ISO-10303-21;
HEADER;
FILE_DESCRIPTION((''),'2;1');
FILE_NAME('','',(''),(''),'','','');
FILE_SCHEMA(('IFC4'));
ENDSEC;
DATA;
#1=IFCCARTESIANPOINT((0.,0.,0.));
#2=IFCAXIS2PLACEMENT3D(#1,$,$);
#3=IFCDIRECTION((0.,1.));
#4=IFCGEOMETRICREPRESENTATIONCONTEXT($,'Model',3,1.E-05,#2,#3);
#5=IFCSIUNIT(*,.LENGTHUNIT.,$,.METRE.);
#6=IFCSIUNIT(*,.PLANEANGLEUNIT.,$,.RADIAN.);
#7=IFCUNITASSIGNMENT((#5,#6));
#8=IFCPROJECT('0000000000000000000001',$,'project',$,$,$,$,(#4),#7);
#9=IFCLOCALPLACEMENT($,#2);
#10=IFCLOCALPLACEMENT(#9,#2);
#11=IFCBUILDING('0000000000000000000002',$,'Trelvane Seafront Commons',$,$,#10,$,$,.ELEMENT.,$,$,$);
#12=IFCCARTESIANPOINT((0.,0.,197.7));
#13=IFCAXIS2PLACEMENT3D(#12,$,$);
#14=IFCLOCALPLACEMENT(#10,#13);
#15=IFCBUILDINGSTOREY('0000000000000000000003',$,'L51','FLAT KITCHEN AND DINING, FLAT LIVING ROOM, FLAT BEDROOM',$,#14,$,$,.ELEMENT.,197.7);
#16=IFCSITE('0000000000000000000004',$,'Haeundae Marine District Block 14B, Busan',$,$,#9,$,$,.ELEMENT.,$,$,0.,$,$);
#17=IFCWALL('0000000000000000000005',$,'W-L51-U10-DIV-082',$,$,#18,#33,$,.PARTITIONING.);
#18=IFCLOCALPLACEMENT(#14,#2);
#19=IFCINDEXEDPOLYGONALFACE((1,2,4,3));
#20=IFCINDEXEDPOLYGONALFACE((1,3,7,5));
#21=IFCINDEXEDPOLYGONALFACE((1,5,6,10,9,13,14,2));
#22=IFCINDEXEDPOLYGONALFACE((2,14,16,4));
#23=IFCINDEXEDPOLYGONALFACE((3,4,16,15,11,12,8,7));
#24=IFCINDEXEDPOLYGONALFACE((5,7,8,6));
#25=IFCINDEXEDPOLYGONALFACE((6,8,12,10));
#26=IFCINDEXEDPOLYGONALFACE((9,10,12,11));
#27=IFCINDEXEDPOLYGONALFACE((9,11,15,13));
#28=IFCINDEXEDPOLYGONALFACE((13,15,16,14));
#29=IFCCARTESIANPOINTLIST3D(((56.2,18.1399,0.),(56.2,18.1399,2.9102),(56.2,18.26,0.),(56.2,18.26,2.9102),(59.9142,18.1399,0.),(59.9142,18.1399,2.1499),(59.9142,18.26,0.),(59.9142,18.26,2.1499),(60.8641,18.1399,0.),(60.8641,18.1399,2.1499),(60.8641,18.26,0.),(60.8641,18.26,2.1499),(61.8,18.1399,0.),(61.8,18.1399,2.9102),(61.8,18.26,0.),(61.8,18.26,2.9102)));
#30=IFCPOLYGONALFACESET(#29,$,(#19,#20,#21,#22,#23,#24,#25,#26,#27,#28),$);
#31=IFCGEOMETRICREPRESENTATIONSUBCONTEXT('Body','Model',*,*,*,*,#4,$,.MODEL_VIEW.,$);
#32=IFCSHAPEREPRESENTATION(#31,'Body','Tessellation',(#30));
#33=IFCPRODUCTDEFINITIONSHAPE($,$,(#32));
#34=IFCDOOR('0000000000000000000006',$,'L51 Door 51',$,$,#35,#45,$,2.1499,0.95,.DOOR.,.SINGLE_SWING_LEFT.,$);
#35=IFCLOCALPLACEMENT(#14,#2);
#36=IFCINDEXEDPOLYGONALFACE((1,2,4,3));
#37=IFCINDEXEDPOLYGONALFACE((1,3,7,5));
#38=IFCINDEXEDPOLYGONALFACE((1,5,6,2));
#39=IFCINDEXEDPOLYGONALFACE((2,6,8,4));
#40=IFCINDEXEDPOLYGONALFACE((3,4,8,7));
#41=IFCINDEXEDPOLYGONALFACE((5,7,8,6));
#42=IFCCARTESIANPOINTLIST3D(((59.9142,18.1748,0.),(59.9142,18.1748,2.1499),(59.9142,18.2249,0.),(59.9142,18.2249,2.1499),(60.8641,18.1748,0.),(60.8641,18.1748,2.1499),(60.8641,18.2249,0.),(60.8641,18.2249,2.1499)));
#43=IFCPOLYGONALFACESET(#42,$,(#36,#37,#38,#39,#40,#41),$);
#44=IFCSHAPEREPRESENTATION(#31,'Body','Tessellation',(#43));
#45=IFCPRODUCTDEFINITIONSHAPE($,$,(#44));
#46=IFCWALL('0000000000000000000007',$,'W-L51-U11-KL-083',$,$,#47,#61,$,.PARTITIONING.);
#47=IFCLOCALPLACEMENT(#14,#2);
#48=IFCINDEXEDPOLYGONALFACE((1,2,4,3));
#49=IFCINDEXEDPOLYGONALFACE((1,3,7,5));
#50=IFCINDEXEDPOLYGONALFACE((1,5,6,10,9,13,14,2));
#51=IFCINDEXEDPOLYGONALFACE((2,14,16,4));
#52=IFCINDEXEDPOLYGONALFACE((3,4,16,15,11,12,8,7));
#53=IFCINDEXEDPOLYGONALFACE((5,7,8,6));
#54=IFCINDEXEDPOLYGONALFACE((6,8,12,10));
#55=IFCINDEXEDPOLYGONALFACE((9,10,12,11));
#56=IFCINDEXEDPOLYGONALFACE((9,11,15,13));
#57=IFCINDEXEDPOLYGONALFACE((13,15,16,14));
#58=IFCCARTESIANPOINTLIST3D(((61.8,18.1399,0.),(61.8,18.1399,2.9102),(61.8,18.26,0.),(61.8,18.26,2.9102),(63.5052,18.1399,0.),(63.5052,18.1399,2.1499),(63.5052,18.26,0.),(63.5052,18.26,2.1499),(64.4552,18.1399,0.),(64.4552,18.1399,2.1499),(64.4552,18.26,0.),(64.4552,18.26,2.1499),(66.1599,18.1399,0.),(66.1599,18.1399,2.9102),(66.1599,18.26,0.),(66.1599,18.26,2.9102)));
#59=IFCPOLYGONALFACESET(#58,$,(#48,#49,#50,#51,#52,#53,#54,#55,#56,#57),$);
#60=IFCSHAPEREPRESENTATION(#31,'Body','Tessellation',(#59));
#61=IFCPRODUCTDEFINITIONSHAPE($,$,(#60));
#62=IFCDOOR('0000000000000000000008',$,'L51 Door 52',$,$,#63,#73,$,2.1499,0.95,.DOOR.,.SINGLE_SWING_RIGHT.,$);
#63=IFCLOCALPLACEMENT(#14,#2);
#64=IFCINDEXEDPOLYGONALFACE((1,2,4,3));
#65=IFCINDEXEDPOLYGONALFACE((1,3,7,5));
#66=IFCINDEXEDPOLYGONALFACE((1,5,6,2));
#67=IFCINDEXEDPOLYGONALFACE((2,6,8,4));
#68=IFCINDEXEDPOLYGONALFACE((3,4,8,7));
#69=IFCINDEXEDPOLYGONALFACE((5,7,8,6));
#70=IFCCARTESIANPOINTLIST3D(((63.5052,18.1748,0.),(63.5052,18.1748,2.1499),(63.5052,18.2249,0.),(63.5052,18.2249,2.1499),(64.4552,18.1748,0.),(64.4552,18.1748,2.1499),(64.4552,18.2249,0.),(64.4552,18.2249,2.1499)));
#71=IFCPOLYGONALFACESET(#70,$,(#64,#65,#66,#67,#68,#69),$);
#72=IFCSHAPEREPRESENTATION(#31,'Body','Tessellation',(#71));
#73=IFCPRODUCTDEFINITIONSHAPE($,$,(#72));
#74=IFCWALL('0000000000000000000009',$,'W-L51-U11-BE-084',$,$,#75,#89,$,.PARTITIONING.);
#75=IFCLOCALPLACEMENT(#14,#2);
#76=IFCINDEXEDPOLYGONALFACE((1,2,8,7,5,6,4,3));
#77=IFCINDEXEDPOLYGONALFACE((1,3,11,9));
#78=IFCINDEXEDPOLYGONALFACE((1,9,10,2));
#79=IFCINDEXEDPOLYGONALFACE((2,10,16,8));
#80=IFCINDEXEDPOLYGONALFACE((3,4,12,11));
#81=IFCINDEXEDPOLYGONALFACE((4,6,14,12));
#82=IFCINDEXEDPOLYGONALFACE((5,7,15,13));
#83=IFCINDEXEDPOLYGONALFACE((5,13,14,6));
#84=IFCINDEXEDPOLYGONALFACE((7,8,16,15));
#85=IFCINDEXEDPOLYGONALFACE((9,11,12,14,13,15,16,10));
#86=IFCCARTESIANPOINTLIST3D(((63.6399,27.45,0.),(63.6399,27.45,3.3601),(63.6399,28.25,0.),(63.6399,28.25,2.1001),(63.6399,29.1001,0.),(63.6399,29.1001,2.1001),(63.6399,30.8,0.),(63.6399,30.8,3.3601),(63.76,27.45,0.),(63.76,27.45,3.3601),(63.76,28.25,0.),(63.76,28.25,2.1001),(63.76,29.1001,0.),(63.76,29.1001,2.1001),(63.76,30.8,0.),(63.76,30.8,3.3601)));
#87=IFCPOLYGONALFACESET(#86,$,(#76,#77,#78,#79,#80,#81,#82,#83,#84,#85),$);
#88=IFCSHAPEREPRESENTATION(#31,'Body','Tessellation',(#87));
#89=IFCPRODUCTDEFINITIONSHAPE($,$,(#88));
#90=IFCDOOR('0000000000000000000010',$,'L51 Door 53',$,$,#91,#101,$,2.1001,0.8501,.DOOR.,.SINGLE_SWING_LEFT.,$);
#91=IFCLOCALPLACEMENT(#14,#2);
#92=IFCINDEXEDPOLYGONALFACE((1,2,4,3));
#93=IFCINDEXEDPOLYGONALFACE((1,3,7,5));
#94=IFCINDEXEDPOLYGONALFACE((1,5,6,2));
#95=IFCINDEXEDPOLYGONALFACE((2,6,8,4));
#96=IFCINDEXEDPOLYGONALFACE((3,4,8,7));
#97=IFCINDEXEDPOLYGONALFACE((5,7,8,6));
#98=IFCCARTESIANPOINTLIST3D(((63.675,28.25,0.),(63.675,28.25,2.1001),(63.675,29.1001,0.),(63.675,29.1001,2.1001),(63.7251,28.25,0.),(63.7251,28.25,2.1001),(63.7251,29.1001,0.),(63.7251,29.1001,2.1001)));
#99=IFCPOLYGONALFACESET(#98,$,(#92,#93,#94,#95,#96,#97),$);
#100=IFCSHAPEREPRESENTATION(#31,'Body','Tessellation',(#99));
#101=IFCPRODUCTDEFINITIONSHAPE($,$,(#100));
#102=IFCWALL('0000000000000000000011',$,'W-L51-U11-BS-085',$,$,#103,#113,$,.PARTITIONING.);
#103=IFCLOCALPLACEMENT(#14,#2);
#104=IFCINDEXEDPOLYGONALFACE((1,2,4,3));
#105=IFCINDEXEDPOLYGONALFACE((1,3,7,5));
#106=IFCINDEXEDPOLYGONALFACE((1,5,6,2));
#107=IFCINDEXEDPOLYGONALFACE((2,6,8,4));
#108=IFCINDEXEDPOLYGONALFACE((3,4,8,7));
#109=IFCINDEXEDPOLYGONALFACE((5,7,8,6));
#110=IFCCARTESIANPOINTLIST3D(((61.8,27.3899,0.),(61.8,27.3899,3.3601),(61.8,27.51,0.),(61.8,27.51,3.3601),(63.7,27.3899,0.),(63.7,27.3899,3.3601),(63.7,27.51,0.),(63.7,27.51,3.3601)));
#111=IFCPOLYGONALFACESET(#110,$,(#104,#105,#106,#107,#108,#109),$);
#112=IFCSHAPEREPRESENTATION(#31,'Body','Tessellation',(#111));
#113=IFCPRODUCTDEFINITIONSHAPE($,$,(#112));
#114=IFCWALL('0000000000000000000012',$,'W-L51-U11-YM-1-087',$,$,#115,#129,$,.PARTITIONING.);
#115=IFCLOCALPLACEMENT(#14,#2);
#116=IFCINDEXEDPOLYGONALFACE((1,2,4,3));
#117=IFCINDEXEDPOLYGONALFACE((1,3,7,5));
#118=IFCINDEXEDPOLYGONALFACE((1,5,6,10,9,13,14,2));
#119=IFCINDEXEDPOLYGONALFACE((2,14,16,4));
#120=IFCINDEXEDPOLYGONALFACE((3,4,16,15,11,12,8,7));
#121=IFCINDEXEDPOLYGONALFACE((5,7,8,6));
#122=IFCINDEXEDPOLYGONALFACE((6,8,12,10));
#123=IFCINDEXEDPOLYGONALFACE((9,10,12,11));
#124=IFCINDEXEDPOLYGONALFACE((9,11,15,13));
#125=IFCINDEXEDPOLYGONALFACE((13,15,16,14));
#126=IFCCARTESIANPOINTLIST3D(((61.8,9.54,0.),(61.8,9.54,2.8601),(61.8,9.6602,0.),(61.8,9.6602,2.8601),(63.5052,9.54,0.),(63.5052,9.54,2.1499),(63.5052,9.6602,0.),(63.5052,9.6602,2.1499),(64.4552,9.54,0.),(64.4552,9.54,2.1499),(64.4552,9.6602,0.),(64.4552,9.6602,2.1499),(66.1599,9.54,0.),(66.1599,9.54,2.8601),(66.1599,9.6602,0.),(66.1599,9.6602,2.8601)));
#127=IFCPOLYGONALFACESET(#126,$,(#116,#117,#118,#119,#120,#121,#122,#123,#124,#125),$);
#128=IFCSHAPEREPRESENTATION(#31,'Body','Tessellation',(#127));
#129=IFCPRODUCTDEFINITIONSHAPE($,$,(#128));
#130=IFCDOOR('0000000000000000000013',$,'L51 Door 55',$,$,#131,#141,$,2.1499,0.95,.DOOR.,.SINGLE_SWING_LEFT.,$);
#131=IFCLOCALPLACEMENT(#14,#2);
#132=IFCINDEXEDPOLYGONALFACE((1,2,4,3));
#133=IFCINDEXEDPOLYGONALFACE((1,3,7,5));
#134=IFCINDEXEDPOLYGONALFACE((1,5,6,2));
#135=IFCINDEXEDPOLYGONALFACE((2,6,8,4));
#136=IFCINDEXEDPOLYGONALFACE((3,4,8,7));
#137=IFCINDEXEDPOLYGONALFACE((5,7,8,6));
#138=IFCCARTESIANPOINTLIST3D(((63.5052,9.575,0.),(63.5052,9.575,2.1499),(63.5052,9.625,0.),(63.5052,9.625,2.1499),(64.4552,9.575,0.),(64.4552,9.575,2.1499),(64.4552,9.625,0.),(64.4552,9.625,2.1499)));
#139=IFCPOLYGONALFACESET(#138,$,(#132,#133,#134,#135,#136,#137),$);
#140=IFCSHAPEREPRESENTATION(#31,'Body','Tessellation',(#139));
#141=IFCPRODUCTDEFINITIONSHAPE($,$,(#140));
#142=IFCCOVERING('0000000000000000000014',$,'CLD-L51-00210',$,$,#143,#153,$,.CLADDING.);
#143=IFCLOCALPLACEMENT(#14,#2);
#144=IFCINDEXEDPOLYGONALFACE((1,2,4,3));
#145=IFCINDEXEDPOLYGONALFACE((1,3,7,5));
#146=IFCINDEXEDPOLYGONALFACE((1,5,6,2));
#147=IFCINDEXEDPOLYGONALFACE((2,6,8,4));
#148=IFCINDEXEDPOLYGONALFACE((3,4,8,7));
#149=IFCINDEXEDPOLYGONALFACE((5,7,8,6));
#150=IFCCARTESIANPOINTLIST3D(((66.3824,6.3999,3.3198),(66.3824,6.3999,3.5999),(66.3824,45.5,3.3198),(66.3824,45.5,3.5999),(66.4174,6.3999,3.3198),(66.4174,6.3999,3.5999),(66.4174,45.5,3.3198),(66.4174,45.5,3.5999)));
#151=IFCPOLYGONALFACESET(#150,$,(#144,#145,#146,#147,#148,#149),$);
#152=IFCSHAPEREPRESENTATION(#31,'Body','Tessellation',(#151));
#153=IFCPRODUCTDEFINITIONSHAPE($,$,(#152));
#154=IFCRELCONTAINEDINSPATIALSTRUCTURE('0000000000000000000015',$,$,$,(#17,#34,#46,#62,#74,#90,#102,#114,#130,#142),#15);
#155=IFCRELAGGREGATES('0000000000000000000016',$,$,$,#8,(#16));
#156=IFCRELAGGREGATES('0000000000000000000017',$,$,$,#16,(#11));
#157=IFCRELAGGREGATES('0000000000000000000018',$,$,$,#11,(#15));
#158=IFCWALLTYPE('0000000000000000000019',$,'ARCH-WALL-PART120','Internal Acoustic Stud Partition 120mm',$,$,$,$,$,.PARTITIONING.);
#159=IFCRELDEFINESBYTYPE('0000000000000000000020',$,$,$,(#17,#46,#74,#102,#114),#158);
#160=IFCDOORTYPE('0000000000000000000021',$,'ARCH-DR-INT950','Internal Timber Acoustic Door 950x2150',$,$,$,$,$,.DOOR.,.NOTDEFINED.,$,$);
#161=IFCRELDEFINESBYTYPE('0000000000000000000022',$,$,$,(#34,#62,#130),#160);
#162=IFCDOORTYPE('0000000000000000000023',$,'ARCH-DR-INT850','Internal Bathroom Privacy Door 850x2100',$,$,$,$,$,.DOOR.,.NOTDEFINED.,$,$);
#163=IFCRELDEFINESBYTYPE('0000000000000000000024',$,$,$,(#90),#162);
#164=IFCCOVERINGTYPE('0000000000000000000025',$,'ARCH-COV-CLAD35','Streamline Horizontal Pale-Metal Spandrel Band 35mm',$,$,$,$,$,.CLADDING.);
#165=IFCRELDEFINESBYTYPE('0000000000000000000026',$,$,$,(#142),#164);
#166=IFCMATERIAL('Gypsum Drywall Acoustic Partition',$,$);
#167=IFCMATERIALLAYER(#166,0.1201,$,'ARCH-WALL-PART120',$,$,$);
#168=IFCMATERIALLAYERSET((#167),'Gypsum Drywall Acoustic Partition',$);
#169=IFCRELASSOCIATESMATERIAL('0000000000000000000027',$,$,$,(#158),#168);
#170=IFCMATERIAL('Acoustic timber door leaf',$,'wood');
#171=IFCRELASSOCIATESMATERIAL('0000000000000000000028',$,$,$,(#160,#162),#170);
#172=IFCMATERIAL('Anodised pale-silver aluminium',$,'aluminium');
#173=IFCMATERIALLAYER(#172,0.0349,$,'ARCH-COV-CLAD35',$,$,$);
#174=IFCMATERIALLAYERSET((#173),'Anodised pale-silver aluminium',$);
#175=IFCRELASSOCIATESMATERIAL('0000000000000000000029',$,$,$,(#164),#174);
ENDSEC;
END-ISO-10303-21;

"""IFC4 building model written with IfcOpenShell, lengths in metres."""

from ifc_helpers import new_model, si_unit, direction, frame, frame_2d, origin, origin_2d, place, context, subcontext, project, spatial, rectangle, extrude, source, transform, mapped, material, layer, layer_set, type_object, element, fill, save


model = new_model("IFC4")

# Units and contexts
model_context = context("Model", 3, precision=1e-05, world=origin(), true_north=direction((0.0, 1.0)))
body_context = subcontext(model_context, "Body", "Model", "MODEL_VIEW")
ifc_project = project(units=[si_unit("LENGTHUNIT", "METRE"), si_unit("PLANEANGLEUNIT", "RADIAN")], contexts=[model_context])

# Site, building, storey
site_placement = place(None, origin())
site = spatial("IfcSite", under=ifc_project, at=site_placement, Name="Haeundae Marine District Block 14B, Busan", CompositionType="ELEMENT", RefElevation=0.0)
building_placement = place(site_placement, origin())
building = spatial("IfcBuilding", under=site, at=building_placement, Name="Trelvane Seafront Commons", CompositionType="ELEMENT")
storey_placement = place(building_placement, frame((0.0, 0.0, 197.7)))
storey = spatial("IfcBuildingStorey", under=building, at=storey_placement, Name="L51", Description="FLAT KITCHEN AND DINING, FLAT LIVING ROOM, FLAT BEDROOM", CompositionType="ELEMENT", Elevation=197.7)

# Walls, openings, doors
ifc_material_1 = material(Name="Gypsum Drywall Acoustic Partition")
ifc_layer_1 = layer(ifc_material_1, 0.1201, Name="ARCH-WALL-PART120")
ifc_layer_set_1 = layer_set([ifc_layer_1], Name="Gypsum Drywall Acoustic Partition")
wall_type = type_object("IfcWallType", Name="ARCH-WALL-PART120", Description="Internal Acoustic Stud Partition 120mm", PredefinedType="PARTITIONING", material=ifc_layer_set_1)
ifc_material_2 = material(Name="Acoustic timber door leaf", Category="wood")
door_type_1 = type_object("IfcDoorType", Name="ARCH-DR-INT950", Description="Internal Timber Acoustic Door 950x2150", OperationType="NOTDEFINED", PredefinedType="DOOR", material=ifc_material_2)
shared_shape_1 = source(origin(), body_context, "Body", "SweptSolid", [
    extrude(rectangle(XDim=0.95, YDim=2.1499, at=frame_2d((0.4751, 1.075))), frame((0.0, 0.0249, 0.0), z_axis=(0.0, -1.0, 0.0), x_axis=(1.0, 0.0, 0.0)), (0.0, 0.0, 1.0), 0.05),
])
wall_1_placement = place(storey_placement, frame((56.2, 18.2, 0.0), z_axis=(0.0, 0.0, 1.0), x_axis=(1.0, 0.0, 0.0)))
wall_1 = element("IfcWall", 1, at=wall_1_placement, inside=storey, type_object=wall_type, Name="W-L51-U10-DIV-082", PredefinedType="PARTITIONING", context=body_context, shape_type="SweptSolid", body=[
    extrude(rectangle(XDim=5.6001, YDim=0.1201, at=frame_2d((2.8, 0.0))), origin(), (0.0, 0.0, 1.0), 2.9102),
])
opening_1_placement = place(wall_1_placement, frame((3.7141, 0.0, 0.0)))
opening_1 = element("IfcOpeningElement", 2, at=opening_1_placement, cuts=wall_1, PredefinedType="OPENING", context=body_context, shape_type="SweptSolid", body=[
    extrude(rectangle(XDim=0.95, YDim=2.1499, at=frame_2d((0.4751, 1.075))), frame((0.0, 0.0701, 0.0), z_axis=(0.0, -1.0, 0.0), x_axis=(1.0, 0.0, 0.0)), (0.0, 0.0, 1.0), 0.1401),
])
door_1_placement = place(opening_1_placement, origin())
door_1 = element("IfcDoor", 3, at=door_1_placement, inside=storey, type_object=door_type_1, Name="L51 Door 51", OperationType="SINGLE_SWING_LEFT", OverallHeight=2.1499, OverallWidth=0.95, PredefinedType="DOOR", context=body_context, shape_type="MappedRepresentation", body=[
    mapped(shared_shape_1, transform((0.0, 0.0, 0.0), x_axis=(1.0, 0.0, 0.0), y_axis=(0.0, 1.0, 0.0), z_axis=(0.0, 0.0, 1.0), scale=1.0)),
])
fill(opening_1, door_1)
wall_2_placement = place(storey_placement, frame((61.8, 18.2, 0.0), z_axis=(0.0, 0.0, 1.0), x_axis=(1.0, 0.0, 0.0)))
wall_2 = element("IfcWall", 4, at=wall_2_placement, inside=storey, type_object=wall_type, Name="W-L51-U11-KL-083", PredefinedType="PARTITIONING", context=body_context, shape_type="SweptSolid", body=[
    extrude(rectangle(XDim=4.3599, YDim=0.1201, at=frame_2d((2.1799, 0.0))), origin(), (0.0, 0.0, 1.0), 2.9102),
])
opening_2_placement = place(wall_2_placement, frame((1.7051, 0.0, 0.0)))
opening_2 = element("IfcOpeningElement", 5, at=opening_2_placement, cuts=wall_2, PredefinedType="OPENING", context=body_context, shape_type="SweptSolid", body=[
    extrude(rectangle(XDim=0.95, YDim=2.1499, at=frame_2d((0.4751, 1.075))), frame((0.0, 0.0701, 0.0), z_axis=(0.0, -1.0, 0.0), x_axis=(1.0, 0.0, 0.0)), (0.0, 0.0, 1.0), 0.1401),
])
door_2_placement = place(opening_2_placement, origin())
door_2 = element("IfcDoor", 6, at=door_2_placement, inside=storey, type_object=door_type_1, Name="L51 Door 52", OperationType="SINGLE_SWING_RIGHT", OverallHeight=2.1499, OverallWidth=0.95, PredefinedType="DOOR", context=body_context, shape_type="MappedRepresentation", body=[
    mapped(shared_shape_1, transform((0.0, 0.0, 0.0), x_axis=(1.0, 0.0, 0.0), y_axis=(0.0, 1.0, 0.0), z_axis=(0.0, 0.0, 1.0), scale=1.0)),
])
fill(opening_2, door_2)
wall_3_placement = place(storey_placement, frame((63.7, 27.45, 0.0), z_axis=(0.0, 0.0, 1.0), x_axis=(0.0, 1.0, 0.0)))
wall_3 = element("IfcWall", 7, at=wall_3_placement, inside=storey, type_object=wall_type, Name="W-L51-U11-BE-084", PredefinedType="PARTITIONING", context=body_context, shape_type="SweptSolid", body=[
    extrude(rectangle(XDim=3.3501, YDim=0.1201, at=frame_2d((1.675, 0.0))), origin(), (0.0, 0.0, 1.0), 3.3601),
])
opening_3_placement = place(wall_3_placement, frame((0.8, 0.0, 0.0)))
opening_3 = element("IfcOpeningElement", 8, at=opening_3_placement, cuts=wall_3, PredefinedType="OPENING", context=body_context, shape_type="SweptSolid", body=[
    extrude(rectangle(XDim=0.8501, YDim=2.1001, at=frame_2d((0.425, 1.05))), frame((0.0, 0.0701, 0.0), z_axis=(0.0, -1.0, 0.0), x_axis=(1.0, 0.0, 0.0)), (0.0, 0.0, 1.0), 0.1401),
])
door_type_2 = type_object("IfcDoorType", Name="ARCH-DR-INT850", Description="Internal Bathroom Privacy Door 850x2100", OperationType="NOTDEFINED", PredefinedType="DOOR", material=ifc_material_2)
shared_shape_2 = source(origin(), body_context, "Body", "SweptSolid", [
    extrude(rectangle(XDim=0.8501, YDim=2.1001, at=frame_2d((0.425, 1.05))), frame((0.0, 0.0249, 0.0), z_axis=(0.0, -1.0, 0.0), x_axis=(1.0, 0.0, 0.0)), (0.0, 0.0, 1.0), 0.05),
])
door_3_placement = place(opening_3_placement, origin())
door_3 = element("IfcDoor", 9, at=door_3_placement, inside=storey, type_object=door_type_2, Name="L51 Door 53", OperationType="SINGLE_SWING_LEFT", OverallHeight=2.1001, OverallWidth=0.8501, PredefinedType="DOOR", context=body_context, shape_type="MappedRepresentation", body=[
    mapped(shared_shape_2, transform((0.0, 0.0, 0.0), x_axis=(1.0, 0.0, 0.0), y_axis=(0.0, 1.0, 0.0), z_axis=(0.0, 0.0, 1.0), scale=1.0)),
])
fill(opening_3, door_3)

# Wall
wall_4_placement = place(storey_placement, frame((61.8, 27.45, 0.0), z_axis=(0.0, 0.0, 1.0), x_axis=(1.0, 0.0, 0.0)))
element("IfcWall", 10, at=wall_4_placement, inside=storey, type_object=wall_type, Name="W-L51-U11-BS-085", PredefinedType="PARTITIONING", context=body_context, shape_type="SweptSolid", body=[
    extrude(rectangle(XDim=1.8999, YDim=0.1201, at=frame_2d((0.95, 0.0))), origin(), (0.0, 0.0, 1.0), 3.3601),
])

# Wall, opening, door
wall_5_placement = place(storey_placement, frame((61.8, 9.6001, 0.0), z_axis=(0.0, 0.0, 1.0), x_axis=(1.0, 0.0, 0.0)))
wall_5 = element("IfcWall", 11, at=wall_5_placement, inside=storey, type_object=wall_type, Name="W-L51-U11-YM-1-087", PredefinedType="PARTITIONING", context=body_context, shape_type="SweptSolid", body=[
    extrude(rectangle(XDim=4.3599, YDim=0.1201, at=frame_2d((2.1799, 0.0))), origin(), (0.0, 0.0, 1.0), 2.8601),
])
opening_4_placement = place(wall_5_placement, frame((1.7051, 0.0, 0.0)))
opening_4 = element("IfcOpeningElement", 12, at=opening_4_placement, cuts=wall_5, PredefinedType="OPENING", context=body_context, shape_type="SweptSolid", body=[
    extrude(rectangle(XDim=0.95, YDim=2.1499, at=frame_2d((0.4751, 1.075))), frame((0.0, 0.0701, 0.0), z_axis=(0.0, -1.0, 0.0), x_axis=(1.0, 0.0, 0.0)), (0.0, 0.0, 1.0), 0.1401),
])
door_4_placement = place(opening_4_placement, origin())
door_4 = element("IfcDoor", 13, at=door_4_placement, inside=storey, type_object=door_type_1, Name="L51 Door 55", OperationType="SINGLE_SWING_LEFT", OverallHeight=2.1499, OverallWidth=0.95, PredefinedType="DOOR", context=body_context, shape_type="MappedRepresentation", body=[
    mapped(shared_shape_1, transform((0.0, 0.0, 0.0), x_axis=(1.0, 0.0, 0.0), y_axis=(0.0, 1.0, 0.0), z_axis=(0.0, 0.0, 1.0), scale=1.0)),
])
fill(opening_4, door_4)

# Covering
ifc_material_3 = material(Name="Anodised pale-silver aluminium", Category="aluminium")
ifc_layer_2 = layer(ifc_material_3, 0.0349, Name="ARCH-COV-CLAD35")
ifc_layer_set_2 = layer_set([ifc_layer_2], Name="Anodised pale-silver aluminium")
covering_type = type_object("IfcCoveringType", Name="ARCH-COV-CLAD35", Description="Streamline Horizontal Pale-Metal Spandrel Band 35mm", PredefinedType="CLADDING", material=ifc_layer_set_2)
shared_shape_3 = source(origin(), body_context, "Body", "SweptSolid", [
    extrude(rectangle(XDim=39.1001, YDim=0.0349, at=origin_2d()), origin(), (0.0, 0.0, 1.0), 0.28),
])
covering_placement = place(storey_placement, frame((66.3999, 25.95, 3.3198), z_axis=(0.0, 0.0, 1.0), x_axis=(0.0, -1.0, 0.0)))
element("IfcCovering", 14, at=covering_placement, inside=storey, type_object=covering_type, Name="CLD-L51-00210", PredefinedType="CLADDING", context=body_context, shape_type="MappedRepresentation", body=[
    mapped(shared_shape_3, transform((0.0, 0.0, 0.0), x_axis=(1.0, 0.0, 0.0), y_axis=(0.0, 1.0, 0.0), z_axis=(0.0, 0.0, 1.0), scale=1.0)),
])

save(model, "model.ifc")
